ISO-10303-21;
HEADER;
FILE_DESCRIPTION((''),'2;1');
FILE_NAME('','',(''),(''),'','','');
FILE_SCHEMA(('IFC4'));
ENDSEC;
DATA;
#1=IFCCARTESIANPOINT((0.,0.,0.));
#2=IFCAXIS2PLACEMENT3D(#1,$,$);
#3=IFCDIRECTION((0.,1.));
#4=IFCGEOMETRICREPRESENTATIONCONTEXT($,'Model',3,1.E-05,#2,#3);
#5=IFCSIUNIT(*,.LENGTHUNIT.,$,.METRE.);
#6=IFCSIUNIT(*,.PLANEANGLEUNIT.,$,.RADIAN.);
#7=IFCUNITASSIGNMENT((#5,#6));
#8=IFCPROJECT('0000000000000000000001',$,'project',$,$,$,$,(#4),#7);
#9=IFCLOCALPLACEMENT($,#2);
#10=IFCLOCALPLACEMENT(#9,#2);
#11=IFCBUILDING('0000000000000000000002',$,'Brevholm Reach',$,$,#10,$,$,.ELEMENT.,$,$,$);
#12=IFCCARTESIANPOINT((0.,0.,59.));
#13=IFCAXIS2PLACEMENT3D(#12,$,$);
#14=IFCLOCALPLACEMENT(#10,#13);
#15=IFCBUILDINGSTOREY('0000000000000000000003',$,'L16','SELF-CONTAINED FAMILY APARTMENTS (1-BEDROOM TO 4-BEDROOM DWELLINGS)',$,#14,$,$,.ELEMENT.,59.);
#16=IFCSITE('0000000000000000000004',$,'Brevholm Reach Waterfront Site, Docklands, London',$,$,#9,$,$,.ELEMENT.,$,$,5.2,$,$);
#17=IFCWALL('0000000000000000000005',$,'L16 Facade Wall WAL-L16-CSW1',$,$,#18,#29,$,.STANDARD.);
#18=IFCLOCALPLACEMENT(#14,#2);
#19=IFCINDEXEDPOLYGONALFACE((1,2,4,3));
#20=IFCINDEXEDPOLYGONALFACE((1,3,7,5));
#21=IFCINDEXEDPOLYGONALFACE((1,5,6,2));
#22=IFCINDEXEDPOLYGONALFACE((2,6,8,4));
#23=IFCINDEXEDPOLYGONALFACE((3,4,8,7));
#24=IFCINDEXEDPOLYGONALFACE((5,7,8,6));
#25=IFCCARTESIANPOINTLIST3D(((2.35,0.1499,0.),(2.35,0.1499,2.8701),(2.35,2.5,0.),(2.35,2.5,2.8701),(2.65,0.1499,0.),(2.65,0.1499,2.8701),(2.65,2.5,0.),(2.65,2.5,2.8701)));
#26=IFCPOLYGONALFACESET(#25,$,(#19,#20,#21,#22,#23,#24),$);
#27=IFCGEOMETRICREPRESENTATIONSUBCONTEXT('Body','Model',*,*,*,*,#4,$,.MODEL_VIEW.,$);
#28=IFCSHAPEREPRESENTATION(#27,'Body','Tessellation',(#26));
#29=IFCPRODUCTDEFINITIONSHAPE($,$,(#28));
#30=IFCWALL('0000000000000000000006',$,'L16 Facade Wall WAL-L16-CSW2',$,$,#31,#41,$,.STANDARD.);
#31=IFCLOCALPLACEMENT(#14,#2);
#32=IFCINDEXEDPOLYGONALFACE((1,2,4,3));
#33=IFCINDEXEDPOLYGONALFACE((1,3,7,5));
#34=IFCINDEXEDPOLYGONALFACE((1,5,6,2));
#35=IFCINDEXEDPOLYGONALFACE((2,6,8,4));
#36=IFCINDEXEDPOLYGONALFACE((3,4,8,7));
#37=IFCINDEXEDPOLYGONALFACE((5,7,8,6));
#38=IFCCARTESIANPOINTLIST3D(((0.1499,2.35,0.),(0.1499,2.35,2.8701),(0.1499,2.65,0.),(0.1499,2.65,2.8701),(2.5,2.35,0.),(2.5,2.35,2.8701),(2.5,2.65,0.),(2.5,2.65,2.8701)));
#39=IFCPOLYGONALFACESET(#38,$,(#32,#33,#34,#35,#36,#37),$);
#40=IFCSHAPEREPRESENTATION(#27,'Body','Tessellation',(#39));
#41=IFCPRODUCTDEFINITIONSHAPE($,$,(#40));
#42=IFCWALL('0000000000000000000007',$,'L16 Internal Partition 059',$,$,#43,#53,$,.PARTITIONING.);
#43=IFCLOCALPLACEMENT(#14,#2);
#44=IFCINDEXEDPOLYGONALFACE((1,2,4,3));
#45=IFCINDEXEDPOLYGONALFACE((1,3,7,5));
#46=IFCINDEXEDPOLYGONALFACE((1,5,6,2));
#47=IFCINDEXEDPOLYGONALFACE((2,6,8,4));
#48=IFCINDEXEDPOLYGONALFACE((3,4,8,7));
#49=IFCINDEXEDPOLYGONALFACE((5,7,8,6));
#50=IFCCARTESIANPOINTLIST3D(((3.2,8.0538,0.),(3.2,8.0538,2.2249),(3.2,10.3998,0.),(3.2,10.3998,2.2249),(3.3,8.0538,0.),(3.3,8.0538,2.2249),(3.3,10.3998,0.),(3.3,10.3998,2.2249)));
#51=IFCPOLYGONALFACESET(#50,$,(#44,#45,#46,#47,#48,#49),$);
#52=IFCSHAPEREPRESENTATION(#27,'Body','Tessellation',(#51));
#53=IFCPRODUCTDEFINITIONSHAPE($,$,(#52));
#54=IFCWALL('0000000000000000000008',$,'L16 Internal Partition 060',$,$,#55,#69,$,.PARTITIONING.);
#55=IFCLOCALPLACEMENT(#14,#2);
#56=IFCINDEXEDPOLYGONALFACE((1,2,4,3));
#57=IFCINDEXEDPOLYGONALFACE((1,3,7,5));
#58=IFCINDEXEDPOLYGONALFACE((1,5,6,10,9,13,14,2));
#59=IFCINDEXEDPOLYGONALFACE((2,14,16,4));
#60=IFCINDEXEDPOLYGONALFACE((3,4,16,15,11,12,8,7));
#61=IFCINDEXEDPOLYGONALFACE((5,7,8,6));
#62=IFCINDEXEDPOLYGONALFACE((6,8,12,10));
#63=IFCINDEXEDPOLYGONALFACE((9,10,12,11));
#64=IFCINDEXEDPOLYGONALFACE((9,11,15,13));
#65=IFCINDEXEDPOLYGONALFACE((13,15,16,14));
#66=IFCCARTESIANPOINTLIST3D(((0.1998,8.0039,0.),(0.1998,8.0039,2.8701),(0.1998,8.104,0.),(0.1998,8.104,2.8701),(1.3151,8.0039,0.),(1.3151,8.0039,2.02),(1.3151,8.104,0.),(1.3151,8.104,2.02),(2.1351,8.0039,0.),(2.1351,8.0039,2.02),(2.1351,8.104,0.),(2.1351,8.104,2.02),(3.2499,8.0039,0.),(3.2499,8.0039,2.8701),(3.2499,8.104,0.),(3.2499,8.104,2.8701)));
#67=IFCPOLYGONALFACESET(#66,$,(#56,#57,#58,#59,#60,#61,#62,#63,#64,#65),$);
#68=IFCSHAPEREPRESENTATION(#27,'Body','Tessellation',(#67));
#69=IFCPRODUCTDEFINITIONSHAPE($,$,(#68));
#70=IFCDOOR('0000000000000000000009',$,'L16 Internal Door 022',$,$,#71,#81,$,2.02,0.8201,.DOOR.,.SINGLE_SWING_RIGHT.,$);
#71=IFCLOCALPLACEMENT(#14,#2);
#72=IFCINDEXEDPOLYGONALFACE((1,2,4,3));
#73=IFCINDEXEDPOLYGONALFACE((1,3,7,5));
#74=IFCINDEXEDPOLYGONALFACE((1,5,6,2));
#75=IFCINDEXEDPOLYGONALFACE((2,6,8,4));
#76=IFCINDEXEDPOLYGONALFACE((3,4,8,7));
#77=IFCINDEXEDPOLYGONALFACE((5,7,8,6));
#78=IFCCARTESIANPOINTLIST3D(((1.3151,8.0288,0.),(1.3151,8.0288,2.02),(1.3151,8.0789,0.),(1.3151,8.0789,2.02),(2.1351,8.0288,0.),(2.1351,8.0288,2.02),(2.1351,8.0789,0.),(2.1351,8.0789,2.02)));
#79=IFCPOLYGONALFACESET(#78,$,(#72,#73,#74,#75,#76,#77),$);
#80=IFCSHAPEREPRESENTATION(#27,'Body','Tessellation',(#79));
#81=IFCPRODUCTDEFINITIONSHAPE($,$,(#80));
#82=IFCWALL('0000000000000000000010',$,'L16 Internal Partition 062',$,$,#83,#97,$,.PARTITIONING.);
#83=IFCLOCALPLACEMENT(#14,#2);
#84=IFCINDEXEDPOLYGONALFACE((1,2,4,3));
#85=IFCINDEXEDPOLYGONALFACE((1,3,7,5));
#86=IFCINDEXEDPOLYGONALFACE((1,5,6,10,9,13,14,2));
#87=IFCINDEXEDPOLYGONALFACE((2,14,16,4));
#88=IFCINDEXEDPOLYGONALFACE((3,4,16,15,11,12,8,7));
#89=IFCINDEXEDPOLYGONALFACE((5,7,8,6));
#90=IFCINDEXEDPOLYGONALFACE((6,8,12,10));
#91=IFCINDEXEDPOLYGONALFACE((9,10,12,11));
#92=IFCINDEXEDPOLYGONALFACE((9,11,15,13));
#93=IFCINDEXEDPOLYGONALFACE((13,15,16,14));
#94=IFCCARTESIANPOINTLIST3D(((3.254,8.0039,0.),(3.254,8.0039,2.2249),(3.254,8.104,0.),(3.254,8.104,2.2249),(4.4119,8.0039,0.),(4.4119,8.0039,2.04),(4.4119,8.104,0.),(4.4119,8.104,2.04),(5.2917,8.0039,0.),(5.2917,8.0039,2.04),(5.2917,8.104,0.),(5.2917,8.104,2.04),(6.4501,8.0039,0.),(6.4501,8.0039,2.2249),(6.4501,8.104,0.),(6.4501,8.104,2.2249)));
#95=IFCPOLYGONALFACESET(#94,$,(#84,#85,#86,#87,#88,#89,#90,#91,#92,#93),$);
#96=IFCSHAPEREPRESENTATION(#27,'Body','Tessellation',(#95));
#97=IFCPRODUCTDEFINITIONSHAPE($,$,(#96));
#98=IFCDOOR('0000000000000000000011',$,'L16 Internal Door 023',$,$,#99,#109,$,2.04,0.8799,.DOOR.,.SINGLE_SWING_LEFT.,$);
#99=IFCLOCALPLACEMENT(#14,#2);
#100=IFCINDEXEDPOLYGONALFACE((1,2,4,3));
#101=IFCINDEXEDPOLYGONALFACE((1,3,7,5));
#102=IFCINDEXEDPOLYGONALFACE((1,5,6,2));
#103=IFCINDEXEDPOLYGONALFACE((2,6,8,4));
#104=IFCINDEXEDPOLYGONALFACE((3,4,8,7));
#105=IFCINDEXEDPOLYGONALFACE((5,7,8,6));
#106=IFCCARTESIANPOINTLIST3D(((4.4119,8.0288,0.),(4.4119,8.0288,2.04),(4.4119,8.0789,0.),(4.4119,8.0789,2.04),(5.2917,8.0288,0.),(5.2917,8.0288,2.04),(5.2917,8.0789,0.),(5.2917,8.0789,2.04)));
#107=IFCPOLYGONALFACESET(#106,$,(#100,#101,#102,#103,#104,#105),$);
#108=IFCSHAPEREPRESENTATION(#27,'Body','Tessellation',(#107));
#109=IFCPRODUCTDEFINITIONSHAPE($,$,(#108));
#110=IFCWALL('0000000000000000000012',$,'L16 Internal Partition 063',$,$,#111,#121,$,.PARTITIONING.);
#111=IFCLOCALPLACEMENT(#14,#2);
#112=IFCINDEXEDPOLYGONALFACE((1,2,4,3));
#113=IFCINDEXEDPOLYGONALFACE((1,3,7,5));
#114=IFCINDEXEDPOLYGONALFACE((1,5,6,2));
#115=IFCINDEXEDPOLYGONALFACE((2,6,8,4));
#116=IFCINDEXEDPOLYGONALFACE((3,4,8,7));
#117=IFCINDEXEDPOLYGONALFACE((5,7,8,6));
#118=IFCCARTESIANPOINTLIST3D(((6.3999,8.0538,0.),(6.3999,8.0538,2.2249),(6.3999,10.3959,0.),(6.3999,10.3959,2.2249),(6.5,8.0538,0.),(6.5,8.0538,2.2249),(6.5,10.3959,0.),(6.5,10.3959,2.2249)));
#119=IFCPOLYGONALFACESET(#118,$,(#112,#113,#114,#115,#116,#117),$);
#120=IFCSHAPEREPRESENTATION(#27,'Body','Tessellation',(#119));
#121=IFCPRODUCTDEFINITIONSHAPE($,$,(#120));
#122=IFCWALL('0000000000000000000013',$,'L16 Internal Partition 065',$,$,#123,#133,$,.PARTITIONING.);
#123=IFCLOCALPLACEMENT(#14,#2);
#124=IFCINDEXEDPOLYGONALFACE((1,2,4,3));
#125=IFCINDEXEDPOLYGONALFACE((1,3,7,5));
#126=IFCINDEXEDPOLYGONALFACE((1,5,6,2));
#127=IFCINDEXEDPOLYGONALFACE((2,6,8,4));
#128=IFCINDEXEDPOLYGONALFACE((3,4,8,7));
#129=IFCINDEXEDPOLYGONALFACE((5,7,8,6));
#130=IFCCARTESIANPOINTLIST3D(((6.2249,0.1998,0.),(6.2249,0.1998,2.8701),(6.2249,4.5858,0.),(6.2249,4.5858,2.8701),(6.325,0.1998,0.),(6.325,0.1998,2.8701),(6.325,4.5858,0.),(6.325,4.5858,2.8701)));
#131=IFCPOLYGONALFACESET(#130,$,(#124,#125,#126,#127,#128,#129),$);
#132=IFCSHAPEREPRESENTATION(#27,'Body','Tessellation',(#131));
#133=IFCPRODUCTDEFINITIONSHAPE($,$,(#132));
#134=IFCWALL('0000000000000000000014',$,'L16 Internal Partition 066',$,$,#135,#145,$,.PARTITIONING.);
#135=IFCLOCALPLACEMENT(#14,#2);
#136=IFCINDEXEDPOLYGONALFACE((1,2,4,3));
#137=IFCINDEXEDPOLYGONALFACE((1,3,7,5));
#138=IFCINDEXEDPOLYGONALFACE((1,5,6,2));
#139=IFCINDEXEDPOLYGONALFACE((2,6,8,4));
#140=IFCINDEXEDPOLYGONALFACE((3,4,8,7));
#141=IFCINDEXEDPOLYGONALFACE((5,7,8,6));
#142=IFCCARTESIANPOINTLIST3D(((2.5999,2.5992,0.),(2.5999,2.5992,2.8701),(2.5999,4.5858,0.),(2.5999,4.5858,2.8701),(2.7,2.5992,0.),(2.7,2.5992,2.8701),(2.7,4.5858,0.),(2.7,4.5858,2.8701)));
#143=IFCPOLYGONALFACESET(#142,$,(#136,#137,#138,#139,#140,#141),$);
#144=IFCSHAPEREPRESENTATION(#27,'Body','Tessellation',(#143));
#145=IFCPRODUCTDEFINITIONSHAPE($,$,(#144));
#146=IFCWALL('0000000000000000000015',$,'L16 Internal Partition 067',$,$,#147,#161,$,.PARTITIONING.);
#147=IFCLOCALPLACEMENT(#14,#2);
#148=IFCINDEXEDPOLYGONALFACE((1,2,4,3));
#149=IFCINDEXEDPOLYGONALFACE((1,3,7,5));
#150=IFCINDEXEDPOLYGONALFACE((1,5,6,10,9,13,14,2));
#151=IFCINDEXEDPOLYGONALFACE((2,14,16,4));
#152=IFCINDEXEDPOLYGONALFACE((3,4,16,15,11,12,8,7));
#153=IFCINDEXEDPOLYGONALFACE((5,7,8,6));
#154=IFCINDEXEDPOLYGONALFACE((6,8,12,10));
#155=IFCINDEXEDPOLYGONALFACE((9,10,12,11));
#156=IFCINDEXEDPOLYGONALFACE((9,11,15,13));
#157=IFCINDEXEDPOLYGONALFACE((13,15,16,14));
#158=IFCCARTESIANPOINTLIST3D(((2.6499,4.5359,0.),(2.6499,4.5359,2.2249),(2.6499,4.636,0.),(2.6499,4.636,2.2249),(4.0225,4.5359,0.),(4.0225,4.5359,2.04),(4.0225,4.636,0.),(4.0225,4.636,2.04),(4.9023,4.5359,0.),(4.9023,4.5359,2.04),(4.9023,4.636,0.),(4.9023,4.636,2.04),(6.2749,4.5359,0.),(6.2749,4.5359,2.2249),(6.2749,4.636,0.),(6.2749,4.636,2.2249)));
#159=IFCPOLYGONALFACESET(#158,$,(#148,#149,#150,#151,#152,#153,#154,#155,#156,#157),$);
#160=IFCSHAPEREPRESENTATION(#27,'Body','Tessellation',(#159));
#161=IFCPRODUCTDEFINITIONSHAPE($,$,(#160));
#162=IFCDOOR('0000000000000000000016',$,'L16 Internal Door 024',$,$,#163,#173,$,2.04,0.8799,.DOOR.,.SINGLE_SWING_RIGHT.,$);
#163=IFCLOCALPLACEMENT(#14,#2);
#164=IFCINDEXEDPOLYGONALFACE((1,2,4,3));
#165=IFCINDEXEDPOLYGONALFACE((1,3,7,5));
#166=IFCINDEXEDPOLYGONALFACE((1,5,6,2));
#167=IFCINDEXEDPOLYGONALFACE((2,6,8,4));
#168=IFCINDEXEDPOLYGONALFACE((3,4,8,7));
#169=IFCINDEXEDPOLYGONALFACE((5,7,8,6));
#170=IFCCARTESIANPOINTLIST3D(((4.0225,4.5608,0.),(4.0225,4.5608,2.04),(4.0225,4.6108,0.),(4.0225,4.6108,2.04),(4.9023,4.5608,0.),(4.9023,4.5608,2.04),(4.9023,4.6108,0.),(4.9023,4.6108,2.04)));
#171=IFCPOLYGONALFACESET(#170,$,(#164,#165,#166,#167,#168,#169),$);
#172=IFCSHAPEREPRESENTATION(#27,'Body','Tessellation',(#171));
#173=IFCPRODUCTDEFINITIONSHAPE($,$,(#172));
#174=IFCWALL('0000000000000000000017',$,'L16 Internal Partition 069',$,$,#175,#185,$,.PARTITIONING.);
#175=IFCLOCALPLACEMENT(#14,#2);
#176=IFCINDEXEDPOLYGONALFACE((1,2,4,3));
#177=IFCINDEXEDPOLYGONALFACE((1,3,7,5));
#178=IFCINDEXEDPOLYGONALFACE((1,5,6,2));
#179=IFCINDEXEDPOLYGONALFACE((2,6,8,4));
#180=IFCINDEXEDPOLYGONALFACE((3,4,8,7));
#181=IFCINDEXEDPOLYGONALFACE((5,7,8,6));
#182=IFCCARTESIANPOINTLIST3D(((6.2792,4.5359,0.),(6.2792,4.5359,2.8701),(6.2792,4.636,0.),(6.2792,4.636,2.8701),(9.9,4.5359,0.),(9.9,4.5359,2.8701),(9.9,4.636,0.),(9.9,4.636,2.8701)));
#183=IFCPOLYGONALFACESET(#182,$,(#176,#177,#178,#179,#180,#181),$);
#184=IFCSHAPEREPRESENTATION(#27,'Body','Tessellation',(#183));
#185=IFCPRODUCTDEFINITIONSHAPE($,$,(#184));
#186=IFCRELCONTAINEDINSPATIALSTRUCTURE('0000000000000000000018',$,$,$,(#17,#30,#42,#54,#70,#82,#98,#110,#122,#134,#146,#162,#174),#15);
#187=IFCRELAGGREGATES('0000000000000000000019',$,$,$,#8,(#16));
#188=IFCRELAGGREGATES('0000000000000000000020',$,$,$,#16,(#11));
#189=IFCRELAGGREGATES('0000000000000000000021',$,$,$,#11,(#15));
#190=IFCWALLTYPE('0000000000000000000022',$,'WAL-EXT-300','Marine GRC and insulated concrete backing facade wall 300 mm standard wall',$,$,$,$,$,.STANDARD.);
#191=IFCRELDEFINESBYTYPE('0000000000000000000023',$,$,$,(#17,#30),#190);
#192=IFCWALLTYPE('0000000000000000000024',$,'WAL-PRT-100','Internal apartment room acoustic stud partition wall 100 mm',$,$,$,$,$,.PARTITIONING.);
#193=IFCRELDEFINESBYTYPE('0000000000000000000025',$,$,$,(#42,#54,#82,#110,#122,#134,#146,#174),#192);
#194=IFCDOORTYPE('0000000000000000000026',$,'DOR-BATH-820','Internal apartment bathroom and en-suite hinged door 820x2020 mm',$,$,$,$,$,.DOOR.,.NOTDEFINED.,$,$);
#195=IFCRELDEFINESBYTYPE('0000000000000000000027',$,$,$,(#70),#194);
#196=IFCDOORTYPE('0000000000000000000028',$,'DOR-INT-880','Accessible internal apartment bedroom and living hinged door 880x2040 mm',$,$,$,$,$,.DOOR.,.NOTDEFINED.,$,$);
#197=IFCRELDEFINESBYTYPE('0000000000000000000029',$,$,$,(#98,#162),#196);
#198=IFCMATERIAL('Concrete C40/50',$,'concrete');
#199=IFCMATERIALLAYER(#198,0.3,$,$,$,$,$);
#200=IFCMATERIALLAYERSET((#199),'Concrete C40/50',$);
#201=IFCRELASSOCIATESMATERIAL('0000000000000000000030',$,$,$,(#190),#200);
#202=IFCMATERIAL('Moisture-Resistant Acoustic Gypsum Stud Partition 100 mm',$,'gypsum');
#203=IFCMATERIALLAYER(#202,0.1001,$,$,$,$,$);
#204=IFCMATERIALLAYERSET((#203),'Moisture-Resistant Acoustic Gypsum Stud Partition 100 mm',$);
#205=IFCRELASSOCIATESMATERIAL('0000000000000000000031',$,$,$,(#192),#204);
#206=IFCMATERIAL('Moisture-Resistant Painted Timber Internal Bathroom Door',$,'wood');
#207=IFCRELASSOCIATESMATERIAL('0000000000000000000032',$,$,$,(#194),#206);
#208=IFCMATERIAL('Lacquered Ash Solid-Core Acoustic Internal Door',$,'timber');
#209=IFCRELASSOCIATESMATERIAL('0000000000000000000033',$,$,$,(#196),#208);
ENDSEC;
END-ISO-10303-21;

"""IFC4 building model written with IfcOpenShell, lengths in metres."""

from ifc_helpers import new_model, si_unit, direction, frame, frame_2d, origin, place, context, subcontext, project, spatial, rectangle, extrude, material, layer, layer_set, type_object, element, fill, save


model = new_model("IFC4")

# Units and contexts
model_context = context("Model", 3, precision=1e-05, world=origin(), true_north=direction((0.0, 1.0)))
body_context = subcontext(model_context, "Body", "Model", "MODEL_VIEW")
ifc_project = project(units=[si_unit("LENGTHUNIT", "METRE"), si_unit("PLANEANGLEUNIT", "RADIAN")], contexts=[model_context])

# Site, building, storey
site_placement = place(None, origin())
site = spatial("IfcSite", under=ifc_project, at=site_placement, Name="Brevholm Reach Waterfront Site, Docklands, London", CompositionType="ELEMENT", RefElevation=5.2)
building_placement = place(site_placement, origin())
building = spatial("IfcBuilding", under=site, at=building_placement, Name="Brevholm Reach", CompositionType="ELEMENT")
storey_placement = place(building_placement, frame((0.0, 0.0, 59.0)))
storey = spatial("IfcBuildingStorey", under=building, at=storey_placement, Name="L16", Description="SELF-CONTAINED FAMILY APARTMENTS (1-BEDROOM TO 4-BEDROOM DWELLINGS)", CompositionType="ELEMENT", Elevation=59.0)

# Walls
ifc_material_1 = material(Name="Concrete C40/50", Category="concrete")
ifc_layer_1 = layer(ifc_material_1, 0.3)
ifc_layer_set_1 = layer_set([ifc_layer_1], Name="Concrete C40/50")
wall_type_1 = type_object("IfcWallType", Name="WAL-EXT-300", Description="Marine GRC and insulated concrete backing facade wall 300 mm standard wall", PredefinedType="STANDARD", material=ifc_layer_set_1)
for number, where, z_axis, x_axis, name in (
    (1, (2.5, 2.5, 0.0), (0.0, 0.0, 1.0), (0.0, -1.0, 0.0), "L16 Facade Wall WAL-L16-CSW1"),
    (2, (0.1499, 2.5, 0.0), (0.0, 0.0, 1.0), (1.0, 0.0, 0.0), "L16 Facade Wall WAL-L16-CSW2"),
):
    element("IfcWall", number, at=place(storey_placement, frame(where, z_axis=z_axis, x_axis=x_axis)), inside=storey, type_object=wall_type_1, Name=name, PredefinedType="STANDARD", context=body_context, shape_type="SweptSolid", body=[
        extrude(rectangle(XDim=2.3501, YDim=0.3, at=frame_2d((1.175, 0.0))), origin(), (0.0, 0.0, 1.0), 2.8701),
    ])
ifc_material_2 = material(Name="Moisture-Resistant Acoustic Gypsum Stud Partition 100 mm", Category="gypsum")
ifc_layer_2 = layer(ifc_material_2, 0.1001)
ifc_layer_set_2 = layer_set([ifc_layer_2], Name="Moisture-Resistant Acoustic Gypsum Stud Partition 100 mm")
wall_type_2 = type_object("IfcWallType", Name="WAL-PRT-100", Description="Internal apartment room acoustic stud partition wall 100 mm", PredefinedType="PARTITIONING", material=ifc_layer_set_2)
wall_1_placement = place(storey_placement, frame((3.25, 8.054, 0.0), z_axis=(0.0, 0.0, 1.0), x_axis=(0.0, 1.0, 0.0)))
element("IfcWall", 3, at=wall_1_placement, inside=storey, type_object=wall_type_2, Name="L16 Internal Partition 059", PredefinedType="PARTITIONING", context=body_context, shape_type="SweptSolid", body=[
    extrude(rectangle(XDim=2.3459, YDim=0.1001, at=frame_2d((1.1729, 0.0))), origin(), (0.0, 0.0, 1.0), 2.2249),
])

# Walls, openings, doors
wall_2_placement = place(storey_placement, frame((0.2, 8.054, 0.0), z_axis=(0.0, 0.0, 1.0), x_axis=(1.0, 0.0, 0.0)))
wall_2 = element("IfcWall", 4, at=wall_2_placement, inside=storey, type_object=wall_type_2, Name="L16 Internal Partition 060", PredefinedType="PARTITIONING", context=body_context, shape_type="SweptSolid", body=[
    extrude(rectangle(XDim=3.05, YDim=0.1001, at=frame_2d((1.5249, 0.0))), origin(), (0.0, 0.0, 1.0), 2.8701),
])
opening_1_placement = place(wall_2_placement, frame((1.115, 0.0, 0.0)))
opening_1 = element("IfcOpeningElement", 5, at=opening_1_placement, cuts=wall_2, PredefinedType="OPENING", context=body_context, shape_type="SweptSolid", body=[
    extrude(rectangle(XDim=0.8201, YDim=2.02, at=frame_2d((0.4102, 1.01))), frame((0.0, 0.0601, 0.0), z_axis=(0.0, -1.0, 0.0), x_axis=(1.0, 0.0, 0.0)), (0.0, 0.0, 1.0), 0.1201),
])
ifc_material_3 = material(Name="Moisture-Resistant Painted Timber Internal Bathroom Door", Category="wood")
door_type_1 = type_object("IfcDoorType", Name="DOR-BATH-820", Description="Internal apartment bathroom and en-suite hinged door 820x2020 mm", OperationType="NOTDEFINED", PredefinedType="DOOR", material=ifc_material_3)
door_1_placement = place(opening_1_placement, origin())
door_1 = element("IfcDoor", 6, at=door_1_placement, inside=storey, type_object=door_type_1, Name="L16 Internal Door 022", OperationType="SINGLE_SWING_RIGHT", OverallHeight=2.02, OverallWidth=0.8201, PredefinedType="DOOR", context=body_context, shape_type="SweptSolid", body=[
    extrude(rectangle(XDim=0.8201, YDim=2.02, at=frame_2d((0.4102, 1.01))), frame((0.0, 0.0249, 0.0), z_axis=(0.0, -1.0, 0.0), x_axis=(1.0, 0.0, 0.0)), (0.0, 0.0, 1.0), 0.05),
])
fill(opening_1, door_1)
wall_3_placement = place(storey_placement, frame((3.2539, 8.054, 0.0), z_axis=(0.0, 0.0, 1.0), x_axis=(1.0, 0.0, 0.0)))
wall_3 = element("IfcWall", 7, at=wall_3_placement, inside=storey, type_object=wall_type_2, Name="L16 Internal Partition 062", PredefinedType="PARTITIONING", context=body_context, shape_type="SweptSolid", body=[
    extrude(rectangle(XDim=3.196, YDim=0.1001, at=frame_2d((1.5981, 0.0))), origin(), (0.0, 0.0, 1.0), 2.2249),
])
opening_2_placement = place(wall_3_placement, frame((1.158, 0.0, 0.0)))
opening_2 = element("IfcOpeningElement", 8, at=opening_2_placement, cuts=wall_3, PredefinedType="OPENING", context=body_context, shape_type="SweptSolid", body=[
    extrude(rectangle(XDim=0.8799, YDim=2.04, at=frame_2d((0.4399, 1.02))), frame((0.0, 0.0601, 0.0), z_axis=(0.0, -1.0, 0.0), x_axis=(1.0, 0.0, 0.0)), (0.0, 0.0, 1.0), 0.1201),
])
ifc_material_4 = material(Name="Lacquered Ash Solid-Core Acoustic Internal Door", Category="timber")
door_type_2 = type_object("IfcDoorType", Name="DOR-INT-880", Description="Accessible internal apartment bedroom and living hinged door 880x2040 mm", OperationType="NOTDEFINED", PredefinedType="DOOR", material=ifc_material_4)
door_2_placement = place(opening_2_placement, origin())
door_2 = element("IfcDoor", 9, at=door_2_placement, inside=storey, type_object=door_type_2, Name="L16 Internal Door 023", OperationType="SINGLE_SWING_LEFT", OverallHeight=2.04, OverallWidth=0.8799, PredefinedType="DOOR", context=body_context, shape_type="SweptSolid", body=[
    extrude(rectangle(XDim=0.8799, YDim=2.04, at=frame_2d((0.4399, 1.02))), frame((0.0, 0.0249, 0.0), z_axis=(0.0, -1.0, 0.0), x_axis=(1.0, 0.0, 0.0)), (0.0, 0.0, 1.0), 0.05),
])
fill(opening_2, door_2)

# Walls
wall_4_placement = place(storey_placement, frame((6.45, 8.054, 0.0), z_axis=(0.0, 0.0, 1.0), x_axis=(0.0, 1.0, 0.0)))
element("IfcWall", 10, at=wall_4_placement, inside=storey, type_object=wall_type_2, Name="L16 Internal Partition 063", PredefinedType="PARTITIONING", context=body_context, shape_type="SweptSolid", body=[
    extrude(rectangle(XDim=2.342, YDim=0.1001, at=frame_2d((1.1709, 0.0))), origin(), (0.0, 0.0, 1.0), 2.2249),
])
wall_5_placement = place(storey_placement, frame((6.2749, 0.2, 0.0), z_axis=(0.0, 0.0, 1.0), x_axis=(0.0, 1.0, 0.0)))
element("IfcWall", 11, at=wall_5_placement, inside=storey, type_object=wall_type_2, Name="L16 Internal Partition 065", PredefinedType="PARTITIONING", context=body_context, shape_type="SweptSolid", body=[
    extrude(rectangle(XDim=4.386, YDim=0.1001, at=frame_2d((2.1929, 0.0))), origin(), (0.0, 0.0, 1.0), 2.8701),
])
wall_6_placement = place(storey_placement, frame((2.6499, 2.5994, 0.0), z_axis=(0.0, 0.0, 1.0), x_axis=(0.0, 1.0, 0.0)))
element("IfcWall", 12, at=wall_6_placement, inside=storey, type_object=wall_type_2, Name="L16 Internal Partition 066", PredefinedType="PARTITIONING", context=body_context, shape_type="SweptSolid", body=[
    extrude(rectangle(XDim=1.9866, YDim=0.1001, at=frame_2d((0.9932, 0.0))), origin(), (0.0, 0.0, 1.0), 2.8701),
])

# Wall, opening, door
wall_7_placement = place(storey_placement, frame((2.6499, 4.5859, 0.0), z_axis=(0.0, 0.0, 1.0), x_axis=(1.0, 0.0, 0.0)))
wall_7 = element("IfcWall", 13, at=wall_7_placement, inside=storey, type_object=wall_type_2, Name="L16 Internal Partition 067", PredefinedType="PARTITIONING", context=body_context, shape_type="SweptSolid", body=[
    extrude(rectangle(XDim=3.625, YDim=0.1001, at=frame_2d((1.8125, 0.0))), origin(), (0.0, 0.0, 1.0), 2.2249),
])
opening_3_placement = place(wall_7_placement, frame((1.3726, 0.0, 0.0)))
opening_3 = element("IfcOpeningElement", 14, at=opening_3_placement, cuts=wall_7, PredefinedType="OPENING", context=body_context, shape_type="SweptSolid", body=[
    extrude(rectangle(XDim=0.8799, YDim=2.04, at=frame_2d((0.4399, 1.02))), frame((0.0, 0.0601, 0.0), z_axis=(0.0, -1.0, 0.0), x_axis=(1.0, 0.0, 0.0)), (0.0, 0.0, 1.0), 0.1201),
])
door_3_placement = place(opening_3_placement, origin())
door_3 = element("IfcDoor", 15, at=door_3_placement, inside=storey, type_object=door_type_2, Name="L16 Internal Door 024", OperationType="SINGLE_SWING_RIGHT", OverallHeight=2.04, OverallWidth=0.8799, PredefinedType="DOOR", context=body_context, shape_type="SweptSolid", body=[
    extrude(rectangle(XDim=0.8799, YDim=2.04, at=frame_2d((0.4399, 1.02))), frame((0.0, 0.0249, 0.0), z_axis=(0.0, -1.0, 0.0), x_axis=(1.0, 0.0, 0.0)), (0.0, 0.0, 1.0), 0.05),
])
fill(opening_3, door_3)

# Wall
wall_8_placement = place(storey_placement, frame((6.2791, 4.5859, 0.0), z_axis=(0.0, 0.0, 1.0), x_axis=(1.0, 0.0, 0.0)))
element("IfcWall", 16, at=wall_8_placement, inside=storey, type_object=wall_type_2, Name="L16 Internal Partition 069", PredefinedType="PARTITIONING", context=body_context, shape_type="SweptSolid", body=[
    extrude(rectangle(XDim=3.6208, YDim=0.1001, at=frame_2d((1.8105, 0.0))), origin(), (0.0, 0.0, 1.0), 2.8701),
])

save(model, "model.ifc")
